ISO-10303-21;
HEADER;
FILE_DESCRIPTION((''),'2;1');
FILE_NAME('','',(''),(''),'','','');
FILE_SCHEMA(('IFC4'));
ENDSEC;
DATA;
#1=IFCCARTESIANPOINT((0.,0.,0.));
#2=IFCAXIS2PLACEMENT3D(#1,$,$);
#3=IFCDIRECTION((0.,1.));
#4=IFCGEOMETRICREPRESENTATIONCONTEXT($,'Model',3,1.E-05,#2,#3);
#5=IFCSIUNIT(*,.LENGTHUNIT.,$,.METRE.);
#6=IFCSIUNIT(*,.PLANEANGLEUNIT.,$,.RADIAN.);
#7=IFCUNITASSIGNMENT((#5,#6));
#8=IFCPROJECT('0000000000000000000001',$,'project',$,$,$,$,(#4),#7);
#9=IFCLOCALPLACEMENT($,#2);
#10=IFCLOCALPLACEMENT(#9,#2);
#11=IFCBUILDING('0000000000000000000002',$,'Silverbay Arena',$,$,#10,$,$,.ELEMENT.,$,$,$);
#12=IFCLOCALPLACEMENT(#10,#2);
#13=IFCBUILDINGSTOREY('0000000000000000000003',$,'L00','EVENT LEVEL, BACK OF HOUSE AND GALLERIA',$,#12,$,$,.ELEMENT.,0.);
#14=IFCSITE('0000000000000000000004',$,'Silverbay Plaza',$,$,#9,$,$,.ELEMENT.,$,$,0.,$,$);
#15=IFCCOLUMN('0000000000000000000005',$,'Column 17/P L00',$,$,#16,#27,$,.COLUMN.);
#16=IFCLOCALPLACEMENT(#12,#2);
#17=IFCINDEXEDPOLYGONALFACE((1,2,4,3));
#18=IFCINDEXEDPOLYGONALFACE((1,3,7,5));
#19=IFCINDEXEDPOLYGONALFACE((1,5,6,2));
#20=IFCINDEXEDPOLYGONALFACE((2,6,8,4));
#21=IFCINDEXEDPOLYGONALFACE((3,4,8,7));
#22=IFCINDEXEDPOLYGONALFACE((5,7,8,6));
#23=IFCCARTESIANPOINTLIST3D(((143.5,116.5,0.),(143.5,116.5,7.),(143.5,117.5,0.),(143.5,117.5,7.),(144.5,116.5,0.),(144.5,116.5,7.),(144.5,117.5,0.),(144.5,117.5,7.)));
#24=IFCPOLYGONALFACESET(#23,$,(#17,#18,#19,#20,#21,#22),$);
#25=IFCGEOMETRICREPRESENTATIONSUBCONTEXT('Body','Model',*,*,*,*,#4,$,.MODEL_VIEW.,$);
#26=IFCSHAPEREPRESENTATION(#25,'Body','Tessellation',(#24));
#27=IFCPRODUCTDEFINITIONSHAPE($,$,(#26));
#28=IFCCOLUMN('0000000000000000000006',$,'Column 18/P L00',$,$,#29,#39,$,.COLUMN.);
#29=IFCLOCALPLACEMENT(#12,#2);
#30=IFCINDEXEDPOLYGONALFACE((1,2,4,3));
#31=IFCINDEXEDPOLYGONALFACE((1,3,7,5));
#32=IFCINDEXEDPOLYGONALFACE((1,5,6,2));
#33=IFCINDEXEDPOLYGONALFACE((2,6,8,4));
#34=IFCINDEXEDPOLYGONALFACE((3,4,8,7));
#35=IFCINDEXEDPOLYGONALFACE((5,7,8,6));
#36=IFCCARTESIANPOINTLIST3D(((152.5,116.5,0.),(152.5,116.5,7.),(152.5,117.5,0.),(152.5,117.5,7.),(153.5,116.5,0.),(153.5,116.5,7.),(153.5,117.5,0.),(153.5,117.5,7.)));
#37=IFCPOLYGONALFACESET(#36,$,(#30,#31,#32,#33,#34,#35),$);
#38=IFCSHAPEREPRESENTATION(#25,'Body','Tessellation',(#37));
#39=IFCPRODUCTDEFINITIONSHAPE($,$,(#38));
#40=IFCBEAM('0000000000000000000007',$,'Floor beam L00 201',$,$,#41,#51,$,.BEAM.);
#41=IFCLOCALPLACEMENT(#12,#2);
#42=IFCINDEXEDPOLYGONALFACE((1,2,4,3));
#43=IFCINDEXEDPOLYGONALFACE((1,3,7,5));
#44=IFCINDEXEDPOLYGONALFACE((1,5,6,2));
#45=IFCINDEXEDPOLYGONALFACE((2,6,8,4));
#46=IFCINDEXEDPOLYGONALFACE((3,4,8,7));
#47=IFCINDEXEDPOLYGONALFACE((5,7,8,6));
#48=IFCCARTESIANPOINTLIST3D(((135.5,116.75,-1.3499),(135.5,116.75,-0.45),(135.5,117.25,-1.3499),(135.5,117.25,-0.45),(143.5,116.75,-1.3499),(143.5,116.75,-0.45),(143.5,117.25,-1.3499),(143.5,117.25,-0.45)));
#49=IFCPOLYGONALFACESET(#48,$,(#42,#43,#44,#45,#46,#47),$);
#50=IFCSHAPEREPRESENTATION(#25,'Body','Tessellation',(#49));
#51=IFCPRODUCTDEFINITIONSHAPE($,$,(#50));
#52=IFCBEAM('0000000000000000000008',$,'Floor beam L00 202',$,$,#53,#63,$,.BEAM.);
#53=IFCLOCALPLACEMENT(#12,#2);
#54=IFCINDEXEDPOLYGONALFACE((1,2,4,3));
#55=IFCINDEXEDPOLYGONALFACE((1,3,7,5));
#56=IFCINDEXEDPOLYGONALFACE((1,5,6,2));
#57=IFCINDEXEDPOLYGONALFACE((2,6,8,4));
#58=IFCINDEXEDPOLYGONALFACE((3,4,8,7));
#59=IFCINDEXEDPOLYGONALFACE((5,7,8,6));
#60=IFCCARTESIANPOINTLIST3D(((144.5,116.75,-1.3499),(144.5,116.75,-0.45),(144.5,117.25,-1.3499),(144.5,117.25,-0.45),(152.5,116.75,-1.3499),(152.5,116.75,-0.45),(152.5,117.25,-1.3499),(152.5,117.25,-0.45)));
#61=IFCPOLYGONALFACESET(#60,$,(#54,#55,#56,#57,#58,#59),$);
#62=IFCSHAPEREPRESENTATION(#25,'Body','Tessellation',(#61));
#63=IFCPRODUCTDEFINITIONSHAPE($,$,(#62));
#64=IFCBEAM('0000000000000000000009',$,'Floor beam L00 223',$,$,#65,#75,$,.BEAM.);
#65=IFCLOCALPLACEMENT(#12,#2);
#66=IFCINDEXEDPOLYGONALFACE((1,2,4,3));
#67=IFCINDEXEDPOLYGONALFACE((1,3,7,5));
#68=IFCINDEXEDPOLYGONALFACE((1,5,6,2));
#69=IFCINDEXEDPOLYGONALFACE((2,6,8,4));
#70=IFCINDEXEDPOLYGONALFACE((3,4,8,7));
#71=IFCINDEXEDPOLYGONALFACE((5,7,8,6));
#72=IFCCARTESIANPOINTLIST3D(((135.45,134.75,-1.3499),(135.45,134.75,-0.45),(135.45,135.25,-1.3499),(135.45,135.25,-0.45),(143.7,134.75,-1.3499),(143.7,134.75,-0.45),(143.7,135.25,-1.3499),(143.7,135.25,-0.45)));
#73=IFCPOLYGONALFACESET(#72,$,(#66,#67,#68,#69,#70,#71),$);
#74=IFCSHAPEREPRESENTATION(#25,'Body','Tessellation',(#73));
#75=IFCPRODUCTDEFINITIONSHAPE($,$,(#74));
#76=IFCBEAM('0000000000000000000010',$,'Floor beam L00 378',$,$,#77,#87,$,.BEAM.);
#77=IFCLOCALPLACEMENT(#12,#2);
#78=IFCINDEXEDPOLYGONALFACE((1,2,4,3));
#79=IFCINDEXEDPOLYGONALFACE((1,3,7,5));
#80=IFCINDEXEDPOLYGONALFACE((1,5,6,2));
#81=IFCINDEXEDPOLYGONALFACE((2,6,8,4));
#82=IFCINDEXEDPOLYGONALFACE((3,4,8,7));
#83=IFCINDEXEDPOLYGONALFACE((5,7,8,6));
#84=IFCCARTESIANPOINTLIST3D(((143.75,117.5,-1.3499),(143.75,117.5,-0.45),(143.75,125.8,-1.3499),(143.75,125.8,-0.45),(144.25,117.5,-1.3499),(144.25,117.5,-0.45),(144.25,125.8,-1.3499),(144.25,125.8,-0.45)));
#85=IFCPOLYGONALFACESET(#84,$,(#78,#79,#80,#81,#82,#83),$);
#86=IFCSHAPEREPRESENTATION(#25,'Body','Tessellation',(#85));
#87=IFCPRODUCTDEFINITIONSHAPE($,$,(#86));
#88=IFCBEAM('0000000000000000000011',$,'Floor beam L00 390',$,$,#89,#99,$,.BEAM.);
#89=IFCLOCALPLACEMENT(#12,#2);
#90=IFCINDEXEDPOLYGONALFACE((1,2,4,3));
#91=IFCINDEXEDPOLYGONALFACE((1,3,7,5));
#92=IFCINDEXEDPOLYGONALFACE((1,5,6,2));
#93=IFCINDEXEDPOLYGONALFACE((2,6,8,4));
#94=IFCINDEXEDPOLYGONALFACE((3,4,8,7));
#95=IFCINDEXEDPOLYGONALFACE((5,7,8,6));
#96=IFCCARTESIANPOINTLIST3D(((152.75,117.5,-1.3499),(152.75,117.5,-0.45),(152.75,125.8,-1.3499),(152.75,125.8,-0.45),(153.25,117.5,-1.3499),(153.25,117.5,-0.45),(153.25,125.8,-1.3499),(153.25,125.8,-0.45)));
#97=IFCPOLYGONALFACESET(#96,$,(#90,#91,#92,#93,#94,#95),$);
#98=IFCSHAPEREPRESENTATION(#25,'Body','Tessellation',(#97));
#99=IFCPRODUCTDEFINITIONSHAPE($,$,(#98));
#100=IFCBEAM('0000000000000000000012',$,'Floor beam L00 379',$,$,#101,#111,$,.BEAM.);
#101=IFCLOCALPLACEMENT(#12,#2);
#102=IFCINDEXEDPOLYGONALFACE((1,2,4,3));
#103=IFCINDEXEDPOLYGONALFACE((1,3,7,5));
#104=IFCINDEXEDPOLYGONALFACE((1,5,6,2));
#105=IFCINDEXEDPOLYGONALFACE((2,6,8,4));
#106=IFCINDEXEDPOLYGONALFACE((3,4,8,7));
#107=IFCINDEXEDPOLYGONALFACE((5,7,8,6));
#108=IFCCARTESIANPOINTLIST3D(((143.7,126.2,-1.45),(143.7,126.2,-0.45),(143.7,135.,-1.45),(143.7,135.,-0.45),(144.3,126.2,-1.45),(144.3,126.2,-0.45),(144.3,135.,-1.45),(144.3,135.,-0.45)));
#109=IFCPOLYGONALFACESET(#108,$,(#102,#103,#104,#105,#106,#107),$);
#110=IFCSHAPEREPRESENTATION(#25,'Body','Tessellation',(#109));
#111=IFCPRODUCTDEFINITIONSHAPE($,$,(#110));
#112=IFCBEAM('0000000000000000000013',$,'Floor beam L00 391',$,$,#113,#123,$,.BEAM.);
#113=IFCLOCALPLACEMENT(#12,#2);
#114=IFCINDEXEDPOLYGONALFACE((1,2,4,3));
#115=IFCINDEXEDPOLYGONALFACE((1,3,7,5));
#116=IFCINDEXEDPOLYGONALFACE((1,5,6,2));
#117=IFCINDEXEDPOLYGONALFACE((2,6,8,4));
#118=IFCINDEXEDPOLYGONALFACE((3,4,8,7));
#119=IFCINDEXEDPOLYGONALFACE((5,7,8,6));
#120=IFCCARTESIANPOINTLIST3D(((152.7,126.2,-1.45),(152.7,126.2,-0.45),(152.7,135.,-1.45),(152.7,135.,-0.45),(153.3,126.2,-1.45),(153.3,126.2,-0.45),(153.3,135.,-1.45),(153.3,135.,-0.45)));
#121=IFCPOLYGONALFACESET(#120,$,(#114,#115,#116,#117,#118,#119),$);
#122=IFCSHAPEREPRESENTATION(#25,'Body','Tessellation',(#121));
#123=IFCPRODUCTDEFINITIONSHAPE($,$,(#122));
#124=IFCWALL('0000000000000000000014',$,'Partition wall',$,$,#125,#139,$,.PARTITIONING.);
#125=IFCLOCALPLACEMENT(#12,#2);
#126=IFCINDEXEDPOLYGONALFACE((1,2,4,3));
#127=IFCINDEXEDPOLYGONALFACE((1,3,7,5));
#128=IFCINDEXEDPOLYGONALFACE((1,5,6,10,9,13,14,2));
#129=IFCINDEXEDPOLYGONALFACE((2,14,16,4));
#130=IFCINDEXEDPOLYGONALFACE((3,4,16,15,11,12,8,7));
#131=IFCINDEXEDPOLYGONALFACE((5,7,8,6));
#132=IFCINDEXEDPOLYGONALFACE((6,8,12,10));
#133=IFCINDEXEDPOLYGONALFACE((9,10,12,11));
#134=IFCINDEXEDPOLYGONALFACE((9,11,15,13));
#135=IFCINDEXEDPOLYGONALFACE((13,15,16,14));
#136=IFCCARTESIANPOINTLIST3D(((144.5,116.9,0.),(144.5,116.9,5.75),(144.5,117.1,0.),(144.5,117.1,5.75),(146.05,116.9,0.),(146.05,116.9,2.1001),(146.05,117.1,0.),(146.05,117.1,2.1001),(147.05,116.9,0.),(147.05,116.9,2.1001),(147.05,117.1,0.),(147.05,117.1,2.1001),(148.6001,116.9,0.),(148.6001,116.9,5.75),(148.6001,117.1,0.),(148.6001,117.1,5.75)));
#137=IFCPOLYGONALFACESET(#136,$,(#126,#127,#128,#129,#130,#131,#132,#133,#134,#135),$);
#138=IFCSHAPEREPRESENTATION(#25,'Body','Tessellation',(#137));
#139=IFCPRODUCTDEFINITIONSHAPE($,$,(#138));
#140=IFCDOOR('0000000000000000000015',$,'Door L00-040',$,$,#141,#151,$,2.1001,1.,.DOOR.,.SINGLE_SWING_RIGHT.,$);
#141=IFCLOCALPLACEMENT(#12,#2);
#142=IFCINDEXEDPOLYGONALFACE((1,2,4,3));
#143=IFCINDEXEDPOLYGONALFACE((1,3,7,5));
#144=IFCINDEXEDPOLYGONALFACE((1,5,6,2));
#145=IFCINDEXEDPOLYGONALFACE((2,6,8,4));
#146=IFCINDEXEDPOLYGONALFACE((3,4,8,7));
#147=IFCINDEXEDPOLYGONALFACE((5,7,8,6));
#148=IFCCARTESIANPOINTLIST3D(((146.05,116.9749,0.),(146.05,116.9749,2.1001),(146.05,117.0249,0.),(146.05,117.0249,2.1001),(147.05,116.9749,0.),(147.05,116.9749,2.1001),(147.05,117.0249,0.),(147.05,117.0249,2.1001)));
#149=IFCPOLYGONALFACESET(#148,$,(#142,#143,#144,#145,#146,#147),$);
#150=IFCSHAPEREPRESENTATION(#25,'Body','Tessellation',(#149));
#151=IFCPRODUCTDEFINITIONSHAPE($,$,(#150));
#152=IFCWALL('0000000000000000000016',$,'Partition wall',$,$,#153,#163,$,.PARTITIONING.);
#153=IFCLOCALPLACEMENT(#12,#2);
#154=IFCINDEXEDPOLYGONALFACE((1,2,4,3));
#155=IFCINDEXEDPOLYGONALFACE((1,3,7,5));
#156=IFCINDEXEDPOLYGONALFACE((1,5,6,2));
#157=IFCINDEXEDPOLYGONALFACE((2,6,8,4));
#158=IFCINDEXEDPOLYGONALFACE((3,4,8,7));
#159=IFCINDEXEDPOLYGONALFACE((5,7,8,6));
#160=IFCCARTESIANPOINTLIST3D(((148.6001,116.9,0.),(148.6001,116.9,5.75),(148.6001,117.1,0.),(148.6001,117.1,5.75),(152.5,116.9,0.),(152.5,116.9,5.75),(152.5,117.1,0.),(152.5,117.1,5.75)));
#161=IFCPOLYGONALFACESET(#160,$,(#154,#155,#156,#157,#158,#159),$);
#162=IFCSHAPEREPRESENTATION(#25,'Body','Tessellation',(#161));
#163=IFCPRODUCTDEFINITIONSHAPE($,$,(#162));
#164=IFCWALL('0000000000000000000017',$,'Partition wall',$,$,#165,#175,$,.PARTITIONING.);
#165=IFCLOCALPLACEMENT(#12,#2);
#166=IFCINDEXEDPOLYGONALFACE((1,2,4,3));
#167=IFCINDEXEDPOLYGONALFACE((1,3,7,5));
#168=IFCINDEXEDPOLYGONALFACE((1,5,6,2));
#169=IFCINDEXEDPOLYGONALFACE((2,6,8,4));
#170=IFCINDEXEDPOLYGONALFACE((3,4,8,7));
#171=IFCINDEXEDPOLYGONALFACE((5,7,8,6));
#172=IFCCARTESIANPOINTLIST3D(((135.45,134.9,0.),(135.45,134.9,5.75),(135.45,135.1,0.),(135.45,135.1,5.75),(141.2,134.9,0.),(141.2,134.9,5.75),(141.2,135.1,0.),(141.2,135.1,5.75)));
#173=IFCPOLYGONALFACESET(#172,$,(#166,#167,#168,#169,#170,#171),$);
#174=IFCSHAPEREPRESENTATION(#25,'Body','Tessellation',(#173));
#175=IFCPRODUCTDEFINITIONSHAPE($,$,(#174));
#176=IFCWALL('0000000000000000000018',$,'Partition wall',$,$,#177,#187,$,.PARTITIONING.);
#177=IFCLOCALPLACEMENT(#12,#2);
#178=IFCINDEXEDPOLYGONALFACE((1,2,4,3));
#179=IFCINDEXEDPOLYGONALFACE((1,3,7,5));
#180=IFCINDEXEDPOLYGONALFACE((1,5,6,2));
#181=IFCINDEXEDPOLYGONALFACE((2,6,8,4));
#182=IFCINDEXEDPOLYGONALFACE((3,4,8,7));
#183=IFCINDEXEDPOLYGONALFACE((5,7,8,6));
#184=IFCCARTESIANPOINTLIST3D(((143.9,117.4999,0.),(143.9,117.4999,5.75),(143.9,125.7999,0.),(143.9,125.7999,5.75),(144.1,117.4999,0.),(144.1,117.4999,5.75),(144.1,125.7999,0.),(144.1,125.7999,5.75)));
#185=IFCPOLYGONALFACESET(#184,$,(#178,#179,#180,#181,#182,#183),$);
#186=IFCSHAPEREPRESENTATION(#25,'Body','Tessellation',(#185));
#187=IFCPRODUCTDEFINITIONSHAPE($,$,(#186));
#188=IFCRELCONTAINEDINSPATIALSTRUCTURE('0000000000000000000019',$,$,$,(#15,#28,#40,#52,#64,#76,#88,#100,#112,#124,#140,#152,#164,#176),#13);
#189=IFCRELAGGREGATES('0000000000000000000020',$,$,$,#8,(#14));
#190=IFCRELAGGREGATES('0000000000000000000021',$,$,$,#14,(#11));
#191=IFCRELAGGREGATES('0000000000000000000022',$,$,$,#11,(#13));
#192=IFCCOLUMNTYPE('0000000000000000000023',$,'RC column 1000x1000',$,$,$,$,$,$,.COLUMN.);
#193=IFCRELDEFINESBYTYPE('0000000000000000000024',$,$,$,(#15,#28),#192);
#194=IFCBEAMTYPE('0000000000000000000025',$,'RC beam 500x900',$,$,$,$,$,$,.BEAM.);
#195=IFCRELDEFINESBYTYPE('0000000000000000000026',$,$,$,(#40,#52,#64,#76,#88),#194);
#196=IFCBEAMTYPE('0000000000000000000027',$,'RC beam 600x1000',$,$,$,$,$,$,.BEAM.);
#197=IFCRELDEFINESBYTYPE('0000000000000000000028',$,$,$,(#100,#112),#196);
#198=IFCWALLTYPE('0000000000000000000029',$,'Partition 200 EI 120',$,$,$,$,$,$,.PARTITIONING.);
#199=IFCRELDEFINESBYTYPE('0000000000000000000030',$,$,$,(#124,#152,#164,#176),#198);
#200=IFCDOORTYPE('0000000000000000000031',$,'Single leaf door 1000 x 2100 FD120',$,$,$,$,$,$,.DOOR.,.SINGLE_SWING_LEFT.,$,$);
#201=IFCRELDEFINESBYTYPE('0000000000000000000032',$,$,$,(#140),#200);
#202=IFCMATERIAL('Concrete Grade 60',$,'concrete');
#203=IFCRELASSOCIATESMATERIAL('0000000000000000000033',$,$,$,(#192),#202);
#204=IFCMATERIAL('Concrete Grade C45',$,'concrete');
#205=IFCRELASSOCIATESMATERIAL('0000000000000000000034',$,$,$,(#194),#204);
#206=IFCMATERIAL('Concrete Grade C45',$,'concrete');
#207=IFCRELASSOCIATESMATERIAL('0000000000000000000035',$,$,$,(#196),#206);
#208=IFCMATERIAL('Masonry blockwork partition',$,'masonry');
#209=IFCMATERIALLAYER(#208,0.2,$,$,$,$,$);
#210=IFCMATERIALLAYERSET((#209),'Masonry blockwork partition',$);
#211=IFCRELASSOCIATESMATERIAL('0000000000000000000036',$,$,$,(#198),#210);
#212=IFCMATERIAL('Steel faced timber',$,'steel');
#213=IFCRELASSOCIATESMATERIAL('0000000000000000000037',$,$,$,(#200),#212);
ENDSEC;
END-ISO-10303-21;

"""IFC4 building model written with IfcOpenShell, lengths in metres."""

from ifc_helpers import new_model, si_unit, direction, frame, frame_2d, origin, origin_2d, place, context, subcontext, project, spatial, rectangle, extrude, material, layer, layer_set, material_profile, profile_set, type_object, element, fill, save


model = new_model("IFC4")

# Units and contexts
model_context = context("Model", 3, precision=1e-05, world=origin(), true_north=direction((0.0, 1.0)))
body_context = subcontext(model_context, "Body", "Model", "MODEL_VIEW")
ifc_project = project(units=[si_unit("LENGTHUNIT", "METRE"), si_unit("PLANEANGLEUNIT", "RADIAN")], contexts=[model_context])

# Site, building, storey
site_placement = place(None, origin())
site = spatial("IfcSite", under=ifc_project, at=site_placement, Name="Silverbay Plaza", CompositionType="ELEMENT", RefElevation=0.0)
building_placement = place(site_placement, origin())
building = spatial("IfcBuilding", under=site, at=building_placement, Name="Silverbay Arena", CompositionType="ELEMENT")
storey_placement = place(building_placement, origin())
storey = spatial("IfcBuildingStorey", under=building, at=storey_placement, Name="L00", Description="EVENT LEVEL, BACK OF HOUSE AND GALLERIA", CompositionType="ELEMENT", Elevation=0.0)

# Columns
ifc_material_1 = material(Name="Concrete Grade 60", Category="concrete")
ifc_material_profile_1 = material_profile(ifc_material_1, rectangle(XDim=1.0, YDim=1.0, at=origin_2d()), Name="RC 1000x1000")
ifc_profile_set_1 = profile_set([ifc_material_profile_1], Name="Concrete Grade 60")
column_type = type_object("IfcColumnType", Name="RC column 1000x1000", PredefinedType="COLUMN", material=ifc_profile_set_1)
for number, where, z_axis, x_axis, name in (
    (1, (144.0, 117.0, 0.0), (0.0, 0.0, 1.0), (1.0, 0.0, 0.0), "Column 17/P L00"),
    (2, (153.0, 117.0, 0.0), (0.0, 0.0, 1.0), (1.0, 0.0, 0.0), "Column 18/P L00"),
):
    element("IfcColumn", number, at=place(storey_placement, frame(where, z_axis=z_axis, x_axis=x_axis)), inside=storey, type_object=column_type, Name=name, PredefinedType="COLUMN", context=body_context, shape_type="SweptSolid", body=[
        extrude(rectangle(XDim=1.0, YDim=1.0, at=origin_2d()), origin(), (0.0, 0.0, 1.0), 7.0),
    ])

# Beams
ifc_material_2 = material(Name="Concrete Grade C45", Category="concrete")
ifc_material_profile_2 = material_profile(ifc_material_2, rectangle(XDim=0.5, YDim=0.8999, at=origin_2d()), Name="RC 500x900")
ifc_profile_set_2 = profile_set([ifc_material_profile_2], Name="Concrete Grade C45")
beam_type_1 = type_object("IfcBeamType", Name="RC beam 500x900", PredefinedType="BEAM", material=ifc_profile_set_2)
for number, where, z_axis, x_axis, name in (
    (3, (135.5, 117.0, -0.8999), (1.0, 0.0, 0.0), (0.0, 1.0, 0.0), "Floor beam L00 201"),
    (4, (144.5, 117.0, -0.8999), (1.0, 0.0, 0.0), (0.0, 1.0, 0.0), "Floor beam L00 202"),
):
    element("IfcBeam", number, at=place(storey_placement, frame(where, z_axis=z_axis, x_axis=x_axis)), inside=storey, type_object=beam_type_1, Name=name, PredefinedType="BEAM", context=body_context, shape_type="SweptSolid", body=[
        extrude(rectangle(XDim=0.5, YDim=0.8999, at=origin_2d()), origin(), (0.0, 0.0, 1.0), 8.0),
    ])
beam_placement = place(storey_placement, frame((135.45, 135.0, -0.8999), z_axis=(1.0, 0.0, 0.0), x_axis=(0.0, 1.0, 0.0)))
element("IfcBeam", 5, at=beam_placement, inside=storey, type_object=beam_type_1, Name="Floor beam L00 223", PredefinedType="BEAM", context=body_context, shape_type="SweptSolid", body=[
    extrude(rectangle(XDim=0.5, YDim=0.8999, at=origin_2d()), origin(), (0.0, 0.0, 1.0), 8.25),
])
for number, where, z_axis, x_axis, name in (
    (6, (144.0, 117.5, -0.8999), (0.0, 1.0, 0.0), (-1.0, 0.0, 0.0), "Floor beam L00 378"),
    (7, (153.0, 117.5, -0.8999), (0.0, 1.0, 0.0), (-1.0, 0.0, 0.0), "Floor beam L00 390"),
):
    element("IfcBeam", number, at=place(storey_placement, frame(where, z_axis=z_axis, x_axis=x_axis)), inside=storey, type_object=beam_type_1, Name=name, PredefinedType="BEAM", context=body_context, shape_type="SweptSolid", body=[
        extrude(rectangle(XDim=0.5, YDim=0.8999, at=origin_2d()), origin(), (0.0, 0.0, 1.0), 8.3),
    ])
ifc_material_3 = material(Name="Concrete Grade C45", Category="concrete")
ifc_material_profile_3 = material_profile(ifc_material_3, rectangle(XDim=0.6001, YDim=1.0, at=origin_2d()), Name="RC 600x1000")
ifc_profile_set_3 = profile_set([ifc_material_profile_3], Name="Concrete Grade C45")
beam_type_2 = type_object("IfcBeamType", Name="RC beam 600x1000", PredefinedType="BEAM", material=ifc_profile_set_3)
for number, where, z_axis, x_axis, name in (
    (8, (144.0, 126.2, -0.95), (0.0, 1.0, 0.0), (-1.0, 0.0, 0.0), "Floor beam L00 379"),
    (9, (153.0, 126.2, -0.95), (0.0, 1.0, 0.0), (-1.0, 0.0, 0.0), "Floor beam L00 391"),
):
    element("IfcBeam", number, at=place(storey_placement, frame(where, z_axis=z_axis, x_axis=x_axis)), inside=storey, type_object=beam_type_2, Name=name, PredefinedType="BEAM", context=body_context, shape_type="SweptSolid", body=[
        extrude(rectangle(XDim=0.6001, YDim=1.0, at=origin_2d()), origin(), (0.0, 0.0, 1.0), 8.8),
    ])

# Wall, opening, door
ifc_material_4 = material(Name="Masonry blockwork partition", Category="masonry")
ifc_layer_1 = layer(ifc_material_4, 0.2)
ifc_layer_set_1 = layer_set([ifc_layer_1], Name="Masonry blockwork partition")
wall_type_1 = type_object("IfcWallType", Name="Partition 200 EI 120", PredefinedType="PARTITIONING", material=ifc_layer_set_1)
wall_1_placement = place(storey_placement, frame((144.5, 117.0, 0.0), z_axis=(0.0, 0.0, 1.0), x_axis=(1.0, 0.0, 0.0)))
wall_1 = element("IfcWall", 10, at=wall_1_placement, inside=storey, type_object=wall_type_1, Name="Partition wall", PredefinedType="PARTITIONING", context=body_context, shape_type="SweptSolid", body=[
    extrude(rectangle(XDim=4.1001, YDim=0.2, at=frame_2d((2.05, 0.0))), origin(), (0.0, 0.0, 1.0), 5.75),
])
opening_1_placement = place(wall_1_placement, frame((1.55, 0.0, 0.0)))
opening_1 = element("IfcOpeningElement", 11, at=opening_1_placement, cuts=wall_1, PredefinedType="OPENING", context=body_context, shape_type="SweptSolid", body=[
    extrude(rectangle(XDim=1.0, YDim=2.1001, at=frame_2d((0.5, 1.05))), frame((0.0, 0.1099, 0.0), z_axis=(0.0, -1.0, 0.0), x_axis=(1.0, 0.0, 0.0)), (0.0, 0.0, 1.0), 0.22),
])
ifc_material_5 = material(Name="Steel faced timber", Category="steel")
door_type_1 = type_object("IfcDoorType", Name="Single leaf door 1000 x 2100 FD120", OperationType="SINGLE_SWING_LEFT", PredefinedType="DOOR", material=ifc_material_5)
door_1_placement = place(opening_1_placement, origin())
door_1 = element("IfcDoor", 12, at=door_1_placement, inside=storey, type_object=door_type_1, Name="Door L00-040", OperationType="SINGLE_SWING_RIGHT", OverallHeight=2.1001, OverallWidth=1.0, PredefinedType="DOOR", context=body_context, shape_type="SweptSolid", body=[
    extrude(rectangle(XDim=1.0, YDim=2.1001, at=frame_2d((0.5, 1.05))), frame((0.0, 0.0249, 0.0), z_axis=(0.0, -1.0, 0.0), x_axis=(1.0, 0.0, 0.0)), (0.0, 0.0, 1.0), 0.05),
])
fill(opening_1, door_1)

# Walls
wall_2_placement = place(storey_placement, frame((148.6001, 117.0, 0.0), z_axis=(0.0, 0.0, 1.0), x_axis=(1.0, 0.0, 0.0)))
element("IfcWall", 13, at=wall_2_placement, inside=storey, type_object=wall_type_1, Name="Partition wall", PredefinedType="PARTITIONING", context=body_context, shape_type="SweptSolid", body=[
    extrude(rectangle(XDim=3.8999, YDim=0.2, at=frame_2d((1.95, 0.0))), origin(), (0.0, 0.0, 1.0), 5.75),
])
wall_3_placement = place(storey_placement, frame((135.45, 135.0, 0.0), z_axis=(0.0, 0.0, 1.0), x_axis=(1.0, 0.0, 0.0)))
element("IfcWall", 14, at=wall_3_placement, inside=storey, type_object=wall_type_1, Name="Partition wall", PredefinedType="PARTITIONING", context=body_context, shape_type="SweptSolid", body=[
    extrude(rectangle(XDim=5.75, YDim=0.2, at=frame_2d((2.875, 0.0))), origin(), (0.0, 0.0, 1.0), 5.75),
])
wall_4_placement = place(storey_placement, frame((144.0, 117.5, 0.0), z_axis=(0.0, 0.0, 1.0), x_axis=(0.0, 1.0, 0.0)))
element("IfcWall", 15, at=wall_4_placement, inside=storey, type_object=wall_type_1, Name="Partition wall", PredefinedType="PARTITIONING", context=body_context, shape_type="SweptSolid", body=[
    extrude(rectangle(XDim=8.3, YDim=0.2, at=frame_2d((4.1499, 0.0))), origin(), (0.0, 0.0, 1.0), 5.75),
])

save(model, "model.ifc")
